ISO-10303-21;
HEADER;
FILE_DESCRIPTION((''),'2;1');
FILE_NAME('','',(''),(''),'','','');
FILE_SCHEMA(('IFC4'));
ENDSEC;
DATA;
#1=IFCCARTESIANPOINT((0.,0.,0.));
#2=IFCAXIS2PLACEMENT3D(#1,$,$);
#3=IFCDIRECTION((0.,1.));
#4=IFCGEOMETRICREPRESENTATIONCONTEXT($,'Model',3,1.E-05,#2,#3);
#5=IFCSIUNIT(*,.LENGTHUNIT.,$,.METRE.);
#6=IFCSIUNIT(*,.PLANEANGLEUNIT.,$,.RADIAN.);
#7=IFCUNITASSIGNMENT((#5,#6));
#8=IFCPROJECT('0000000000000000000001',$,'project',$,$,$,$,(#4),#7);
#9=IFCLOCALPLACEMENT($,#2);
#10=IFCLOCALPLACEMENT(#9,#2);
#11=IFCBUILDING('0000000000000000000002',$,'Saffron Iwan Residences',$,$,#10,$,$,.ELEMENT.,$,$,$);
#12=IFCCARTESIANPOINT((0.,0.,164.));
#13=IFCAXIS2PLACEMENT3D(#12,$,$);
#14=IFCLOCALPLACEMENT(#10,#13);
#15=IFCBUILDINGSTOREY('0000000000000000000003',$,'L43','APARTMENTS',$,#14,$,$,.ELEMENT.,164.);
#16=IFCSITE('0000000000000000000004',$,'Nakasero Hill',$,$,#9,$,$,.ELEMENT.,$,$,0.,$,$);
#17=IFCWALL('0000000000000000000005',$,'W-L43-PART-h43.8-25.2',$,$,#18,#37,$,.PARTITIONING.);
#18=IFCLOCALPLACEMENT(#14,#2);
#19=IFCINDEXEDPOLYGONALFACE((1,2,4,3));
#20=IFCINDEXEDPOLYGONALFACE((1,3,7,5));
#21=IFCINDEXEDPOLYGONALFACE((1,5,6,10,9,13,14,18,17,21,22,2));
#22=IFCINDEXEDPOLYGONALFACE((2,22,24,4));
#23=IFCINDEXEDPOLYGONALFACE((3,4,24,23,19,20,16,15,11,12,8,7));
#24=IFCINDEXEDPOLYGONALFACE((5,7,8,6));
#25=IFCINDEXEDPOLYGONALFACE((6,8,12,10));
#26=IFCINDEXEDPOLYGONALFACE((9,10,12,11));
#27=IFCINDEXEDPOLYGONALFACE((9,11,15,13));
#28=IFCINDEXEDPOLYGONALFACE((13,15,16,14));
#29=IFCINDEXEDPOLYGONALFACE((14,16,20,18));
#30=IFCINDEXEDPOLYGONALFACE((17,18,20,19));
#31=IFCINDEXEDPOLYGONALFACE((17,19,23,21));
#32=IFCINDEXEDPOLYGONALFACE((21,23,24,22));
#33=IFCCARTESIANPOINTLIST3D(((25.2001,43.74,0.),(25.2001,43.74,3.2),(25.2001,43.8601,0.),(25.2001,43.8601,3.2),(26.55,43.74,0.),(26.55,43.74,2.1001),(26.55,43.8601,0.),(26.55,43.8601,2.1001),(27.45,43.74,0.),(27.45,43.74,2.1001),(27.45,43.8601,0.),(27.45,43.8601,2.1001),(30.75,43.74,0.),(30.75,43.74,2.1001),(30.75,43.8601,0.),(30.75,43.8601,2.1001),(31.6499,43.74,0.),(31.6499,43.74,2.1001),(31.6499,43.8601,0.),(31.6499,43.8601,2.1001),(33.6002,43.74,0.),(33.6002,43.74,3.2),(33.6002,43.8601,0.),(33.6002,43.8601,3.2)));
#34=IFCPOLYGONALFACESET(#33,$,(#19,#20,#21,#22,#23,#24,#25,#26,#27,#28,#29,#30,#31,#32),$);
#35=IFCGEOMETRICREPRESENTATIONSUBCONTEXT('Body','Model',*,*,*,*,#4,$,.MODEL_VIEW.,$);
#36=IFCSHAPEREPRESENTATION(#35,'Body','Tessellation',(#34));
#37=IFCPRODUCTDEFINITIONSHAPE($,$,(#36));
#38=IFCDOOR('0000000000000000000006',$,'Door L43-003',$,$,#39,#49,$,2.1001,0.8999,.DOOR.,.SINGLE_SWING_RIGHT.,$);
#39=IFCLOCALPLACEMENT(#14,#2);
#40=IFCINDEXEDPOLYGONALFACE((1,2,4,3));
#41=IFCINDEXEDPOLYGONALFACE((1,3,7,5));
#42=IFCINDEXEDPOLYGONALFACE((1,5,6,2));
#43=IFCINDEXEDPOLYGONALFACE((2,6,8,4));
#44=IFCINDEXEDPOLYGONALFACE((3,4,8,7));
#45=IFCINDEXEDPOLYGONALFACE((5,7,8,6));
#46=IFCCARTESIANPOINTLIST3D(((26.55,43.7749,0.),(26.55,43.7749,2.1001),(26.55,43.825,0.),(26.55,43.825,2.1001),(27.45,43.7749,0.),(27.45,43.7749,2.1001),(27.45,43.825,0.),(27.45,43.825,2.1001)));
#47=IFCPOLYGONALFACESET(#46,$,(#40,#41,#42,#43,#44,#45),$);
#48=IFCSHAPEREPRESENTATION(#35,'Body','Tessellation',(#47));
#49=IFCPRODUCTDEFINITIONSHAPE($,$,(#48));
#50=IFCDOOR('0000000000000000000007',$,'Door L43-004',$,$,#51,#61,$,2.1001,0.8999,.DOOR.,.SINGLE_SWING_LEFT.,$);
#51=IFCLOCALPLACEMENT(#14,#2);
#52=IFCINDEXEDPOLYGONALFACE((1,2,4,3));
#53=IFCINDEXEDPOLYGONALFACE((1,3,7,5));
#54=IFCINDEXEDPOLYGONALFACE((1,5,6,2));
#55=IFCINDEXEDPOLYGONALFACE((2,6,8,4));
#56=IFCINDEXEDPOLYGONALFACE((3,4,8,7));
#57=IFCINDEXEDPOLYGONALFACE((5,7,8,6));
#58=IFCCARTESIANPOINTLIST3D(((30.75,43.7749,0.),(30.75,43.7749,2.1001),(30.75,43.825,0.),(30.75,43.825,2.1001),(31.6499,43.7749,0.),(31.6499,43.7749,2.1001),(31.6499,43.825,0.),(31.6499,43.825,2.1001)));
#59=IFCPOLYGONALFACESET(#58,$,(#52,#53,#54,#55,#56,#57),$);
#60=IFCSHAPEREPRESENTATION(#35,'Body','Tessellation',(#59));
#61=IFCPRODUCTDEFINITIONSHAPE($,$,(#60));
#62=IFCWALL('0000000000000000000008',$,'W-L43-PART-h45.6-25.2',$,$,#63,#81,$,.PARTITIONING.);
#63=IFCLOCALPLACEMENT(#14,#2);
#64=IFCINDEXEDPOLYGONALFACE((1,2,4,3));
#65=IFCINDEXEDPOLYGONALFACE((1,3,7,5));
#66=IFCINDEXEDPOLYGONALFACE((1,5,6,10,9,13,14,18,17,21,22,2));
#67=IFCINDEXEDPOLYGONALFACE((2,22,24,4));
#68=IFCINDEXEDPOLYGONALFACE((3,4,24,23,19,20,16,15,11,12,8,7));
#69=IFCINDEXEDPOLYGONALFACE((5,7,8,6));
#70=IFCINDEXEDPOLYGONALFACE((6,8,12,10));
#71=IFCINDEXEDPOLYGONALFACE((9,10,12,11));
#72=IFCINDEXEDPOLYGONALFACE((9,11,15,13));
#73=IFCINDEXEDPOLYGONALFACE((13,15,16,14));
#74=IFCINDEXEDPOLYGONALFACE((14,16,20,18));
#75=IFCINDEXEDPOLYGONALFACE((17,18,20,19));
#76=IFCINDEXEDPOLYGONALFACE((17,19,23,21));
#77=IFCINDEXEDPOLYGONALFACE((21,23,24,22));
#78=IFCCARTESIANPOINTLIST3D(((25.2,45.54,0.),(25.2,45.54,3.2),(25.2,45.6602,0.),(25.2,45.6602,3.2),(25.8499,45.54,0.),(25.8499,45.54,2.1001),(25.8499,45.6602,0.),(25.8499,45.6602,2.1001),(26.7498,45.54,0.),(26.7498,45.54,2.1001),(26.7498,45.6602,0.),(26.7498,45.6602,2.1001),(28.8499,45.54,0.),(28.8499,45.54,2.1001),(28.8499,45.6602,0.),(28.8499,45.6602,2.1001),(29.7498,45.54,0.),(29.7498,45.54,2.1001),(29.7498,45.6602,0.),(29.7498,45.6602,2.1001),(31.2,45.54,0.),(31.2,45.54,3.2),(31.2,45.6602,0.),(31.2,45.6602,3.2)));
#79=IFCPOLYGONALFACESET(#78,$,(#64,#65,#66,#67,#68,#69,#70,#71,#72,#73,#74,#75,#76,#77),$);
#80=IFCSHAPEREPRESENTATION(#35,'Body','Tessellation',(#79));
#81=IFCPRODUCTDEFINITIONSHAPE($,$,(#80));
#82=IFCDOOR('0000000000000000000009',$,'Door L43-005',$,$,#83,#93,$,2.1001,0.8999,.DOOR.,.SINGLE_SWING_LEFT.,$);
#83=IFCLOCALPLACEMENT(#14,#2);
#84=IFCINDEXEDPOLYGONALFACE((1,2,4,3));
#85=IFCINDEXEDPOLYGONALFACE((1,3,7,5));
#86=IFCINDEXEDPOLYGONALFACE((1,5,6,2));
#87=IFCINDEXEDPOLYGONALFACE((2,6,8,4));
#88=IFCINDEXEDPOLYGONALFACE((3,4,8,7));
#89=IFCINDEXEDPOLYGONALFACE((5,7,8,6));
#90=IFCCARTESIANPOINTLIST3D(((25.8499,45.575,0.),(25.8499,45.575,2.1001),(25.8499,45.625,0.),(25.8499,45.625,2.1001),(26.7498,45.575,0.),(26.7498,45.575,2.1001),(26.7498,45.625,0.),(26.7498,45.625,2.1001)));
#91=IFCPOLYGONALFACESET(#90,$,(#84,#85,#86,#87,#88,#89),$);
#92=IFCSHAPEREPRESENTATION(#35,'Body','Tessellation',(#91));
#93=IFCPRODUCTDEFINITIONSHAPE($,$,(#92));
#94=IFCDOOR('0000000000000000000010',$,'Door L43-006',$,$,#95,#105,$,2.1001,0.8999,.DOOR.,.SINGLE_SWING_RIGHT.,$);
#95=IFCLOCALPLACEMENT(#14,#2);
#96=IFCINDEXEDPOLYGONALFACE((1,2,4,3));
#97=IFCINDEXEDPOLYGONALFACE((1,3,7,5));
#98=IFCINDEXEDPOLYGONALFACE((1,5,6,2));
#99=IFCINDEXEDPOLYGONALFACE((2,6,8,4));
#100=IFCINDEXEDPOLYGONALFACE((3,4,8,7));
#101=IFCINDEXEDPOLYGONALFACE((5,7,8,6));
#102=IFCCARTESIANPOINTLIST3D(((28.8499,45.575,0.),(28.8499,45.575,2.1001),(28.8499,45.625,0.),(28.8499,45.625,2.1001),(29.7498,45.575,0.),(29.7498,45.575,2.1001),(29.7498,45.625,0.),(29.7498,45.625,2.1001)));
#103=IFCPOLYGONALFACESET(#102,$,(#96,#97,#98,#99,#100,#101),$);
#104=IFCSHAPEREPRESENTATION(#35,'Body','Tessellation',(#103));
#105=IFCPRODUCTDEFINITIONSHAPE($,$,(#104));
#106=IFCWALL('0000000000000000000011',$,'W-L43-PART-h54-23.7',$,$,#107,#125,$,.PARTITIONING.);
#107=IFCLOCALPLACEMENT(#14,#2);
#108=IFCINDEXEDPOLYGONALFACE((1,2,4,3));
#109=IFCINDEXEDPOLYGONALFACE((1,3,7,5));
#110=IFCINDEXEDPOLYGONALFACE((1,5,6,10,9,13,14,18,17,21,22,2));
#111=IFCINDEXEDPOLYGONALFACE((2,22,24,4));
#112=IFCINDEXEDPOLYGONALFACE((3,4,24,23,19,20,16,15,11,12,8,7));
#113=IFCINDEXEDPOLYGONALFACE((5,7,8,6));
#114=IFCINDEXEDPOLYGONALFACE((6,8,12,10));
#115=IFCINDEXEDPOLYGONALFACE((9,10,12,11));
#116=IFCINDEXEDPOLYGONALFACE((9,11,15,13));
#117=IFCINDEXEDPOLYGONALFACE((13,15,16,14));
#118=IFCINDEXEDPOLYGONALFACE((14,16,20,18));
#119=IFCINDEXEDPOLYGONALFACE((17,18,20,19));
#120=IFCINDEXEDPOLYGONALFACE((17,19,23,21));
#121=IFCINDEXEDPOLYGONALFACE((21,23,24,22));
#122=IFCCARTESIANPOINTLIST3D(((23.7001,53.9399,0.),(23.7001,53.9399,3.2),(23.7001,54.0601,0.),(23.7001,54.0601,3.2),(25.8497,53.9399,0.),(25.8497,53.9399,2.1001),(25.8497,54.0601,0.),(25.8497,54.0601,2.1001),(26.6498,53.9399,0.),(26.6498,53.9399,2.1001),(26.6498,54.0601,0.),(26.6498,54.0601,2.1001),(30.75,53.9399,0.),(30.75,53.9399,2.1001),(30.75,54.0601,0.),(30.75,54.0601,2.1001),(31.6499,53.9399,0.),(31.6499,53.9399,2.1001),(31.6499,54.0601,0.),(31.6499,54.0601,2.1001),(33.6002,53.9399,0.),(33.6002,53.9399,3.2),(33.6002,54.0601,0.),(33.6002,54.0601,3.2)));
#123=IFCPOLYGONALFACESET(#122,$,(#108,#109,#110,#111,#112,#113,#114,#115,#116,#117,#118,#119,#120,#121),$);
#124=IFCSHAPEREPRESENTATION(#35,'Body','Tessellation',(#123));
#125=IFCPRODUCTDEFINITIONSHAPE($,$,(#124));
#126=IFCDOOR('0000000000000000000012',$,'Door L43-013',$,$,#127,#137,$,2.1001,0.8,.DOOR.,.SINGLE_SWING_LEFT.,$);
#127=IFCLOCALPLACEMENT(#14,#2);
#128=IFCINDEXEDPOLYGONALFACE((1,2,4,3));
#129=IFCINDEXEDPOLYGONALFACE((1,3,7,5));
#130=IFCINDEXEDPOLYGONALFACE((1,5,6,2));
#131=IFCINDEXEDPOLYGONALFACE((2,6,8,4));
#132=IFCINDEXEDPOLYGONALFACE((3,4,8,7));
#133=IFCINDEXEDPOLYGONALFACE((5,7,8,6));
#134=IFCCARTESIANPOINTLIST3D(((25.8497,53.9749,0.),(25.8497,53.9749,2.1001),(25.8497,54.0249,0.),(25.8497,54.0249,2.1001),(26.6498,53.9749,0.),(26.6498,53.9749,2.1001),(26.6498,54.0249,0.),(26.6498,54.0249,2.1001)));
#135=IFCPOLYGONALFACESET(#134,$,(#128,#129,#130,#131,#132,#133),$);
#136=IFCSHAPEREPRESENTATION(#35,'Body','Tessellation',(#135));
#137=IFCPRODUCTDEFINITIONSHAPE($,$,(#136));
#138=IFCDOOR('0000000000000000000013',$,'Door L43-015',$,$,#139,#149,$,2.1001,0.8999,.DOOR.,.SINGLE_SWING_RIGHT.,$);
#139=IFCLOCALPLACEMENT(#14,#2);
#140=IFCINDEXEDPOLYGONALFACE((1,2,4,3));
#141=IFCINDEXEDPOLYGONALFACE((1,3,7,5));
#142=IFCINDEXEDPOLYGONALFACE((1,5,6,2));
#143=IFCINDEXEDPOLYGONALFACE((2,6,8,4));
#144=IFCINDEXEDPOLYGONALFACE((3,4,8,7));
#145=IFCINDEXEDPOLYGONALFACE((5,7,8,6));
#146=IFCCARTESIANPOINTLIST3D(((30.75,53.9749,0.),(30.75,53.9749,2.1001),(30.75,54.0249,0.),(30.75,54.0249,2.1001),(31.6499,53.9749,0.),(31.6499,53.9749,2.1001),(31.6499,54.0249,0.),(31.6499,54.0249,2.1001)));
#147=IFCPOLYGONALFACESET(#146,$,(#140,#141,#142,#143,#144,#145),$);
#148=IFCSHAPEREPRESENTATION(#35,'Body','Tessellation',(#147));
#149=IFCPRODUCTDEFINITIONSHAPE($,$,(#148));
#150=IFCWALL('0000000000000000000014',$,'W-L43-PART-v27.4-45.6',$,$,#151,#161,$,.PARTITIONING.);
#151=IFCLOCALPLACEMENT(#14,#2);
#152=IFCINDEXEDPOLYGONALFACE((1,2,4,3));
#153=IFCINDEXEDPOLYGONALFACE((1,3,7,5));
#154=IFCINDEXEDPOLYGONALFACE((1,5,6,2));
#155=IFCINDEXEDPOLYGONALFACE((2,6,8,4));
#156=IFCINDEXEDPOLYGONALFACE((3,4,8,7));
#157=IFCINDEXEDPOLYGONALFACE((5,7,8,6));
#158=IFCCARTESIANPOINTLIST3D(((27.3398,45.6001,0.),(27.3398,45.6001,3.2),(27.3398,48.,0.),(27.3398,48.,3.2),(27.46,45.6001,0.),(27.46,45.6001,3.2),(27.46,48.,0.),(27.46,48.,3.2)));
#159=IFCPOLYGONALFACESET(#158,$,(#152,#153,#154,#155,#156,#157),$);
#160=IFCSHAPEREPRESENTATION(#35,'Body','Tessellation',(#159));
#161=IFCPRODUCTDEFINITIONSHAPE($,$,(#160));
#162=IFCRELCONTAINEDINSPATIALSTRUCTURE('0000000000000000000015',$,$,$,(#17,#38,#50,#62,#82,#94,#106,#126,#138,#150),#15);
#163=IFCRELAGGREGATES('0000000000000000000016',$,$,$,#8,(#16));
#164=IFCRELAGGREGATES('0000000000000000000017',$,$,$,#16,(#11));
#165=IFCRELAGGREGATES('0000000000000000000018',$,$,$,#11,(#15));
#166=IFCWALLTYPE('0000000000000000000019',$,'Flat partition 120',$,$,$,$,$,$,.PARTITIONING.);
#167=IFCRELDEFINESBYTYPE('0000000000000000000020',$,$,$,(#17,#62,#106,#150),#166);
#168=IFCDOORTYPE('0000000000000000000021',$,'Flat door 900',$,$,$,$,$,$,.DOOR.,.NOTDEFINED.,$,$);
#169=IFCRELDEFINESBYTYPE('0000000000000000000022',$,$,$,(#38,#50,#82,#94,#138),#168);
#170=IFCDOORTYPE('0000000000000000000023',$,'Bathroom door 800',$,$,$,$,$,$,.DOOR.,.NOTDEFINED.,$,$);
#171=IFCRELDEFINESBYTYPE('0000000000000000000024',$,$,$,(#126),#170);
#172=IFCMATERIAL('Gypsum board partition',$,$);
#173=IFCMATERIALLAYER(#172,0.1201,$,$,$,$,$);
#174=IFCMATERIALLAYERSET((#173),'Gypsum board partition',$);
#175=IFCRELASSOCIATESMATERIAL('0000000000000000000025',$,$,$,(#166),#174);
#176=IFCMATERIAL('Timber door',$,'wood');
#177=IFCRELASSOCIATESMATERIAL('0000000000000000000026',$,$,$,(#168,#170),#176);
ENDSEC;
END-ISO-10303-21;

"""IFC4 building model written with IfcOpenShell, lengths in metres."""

from ifc_helpers import new_model, si_unit, direction, frame, frame_2d, origin, place, context, subcontext, project, spatial, rectangle, extrude, material, layer, layer_set, type_object, element, fill, save


model = new_model("IFC4")

# Units and contexts
model_context = context("Model", 3, precision=1e-05, world=origin(), true_north=direction((0.0, 1.0)))
body_context = subcontext(model_context, "Body", "Model", "MODEL_VIEW")
ifc_project = project(units=[si_unit("LENGTHUNIT", "METRE"), si_unit("PLANEANGLEUNIT", "RADIAN")], contexts=[model_context])

# Site, building, storey
site_placement = place(None, origin())
site = spatial("IfcSite", under=ifc_project, at=site_placement, Name="Nakasero Hill", CompositionType="ELEMENT", RefElevation=0.0)
building_placement = place(site_placement, origin())
building = spatial("IfcBuilding", under=site, at=building_placement, Name="Saffron Iwan Residences", CompositionType="ELEMENT")
storey_placement = place(building_placement, frame((0.0, 0.0, 164.0)))
storey = spatial("IfcBuildingStorey", under=building, at=storey_placement, Name="L43", Description="APARTMENTS", CompositionType="ELEMENT", Elevation=164.0)

# Walls, openings, doors
ifc_material_1 = material(Name="Gypsum board partition")
ifc_layer_1 = layer(ifc_material_1, 0.1201)
ifc_layer_set_1 = layer_set([ifc_layer_1], Name="Gypsum board partition")
wall_type_1 = type_object("IfcWallType", Name="Flat partition 120", PredefinedType="PARTITIONING", material=ifc_layer_set_1)
wall_1_placement = place(storey_placement, frame((25.2, 43.8, 0.0), z_axis=(0.0, 0.0, 1.0), x_axis=(1.0, 0.0, 0.0)))
wall_1 = element("IfcWall", 1, at=wall_1_placement, inside=storey, type_object=wall_type_1, Name="W-L43-PART-h43.8-25.2", PredefinedType="PARTITIONING", context=body_context, shape_type="SweptSolid", body=[
    extrude(rectangle(XDim=8.4001, YDim=0.1201, at=frame_2d((4.2002, 0.0))), origin(), (0.0, 0.0, 1.0), 3.2),
])
opening_1_placement = place(wall_1_placement, frame((1.3501, 0.0, 0.0)))
opening_1 = element("IfcOpeningElement", 2, at=opening_1_placement, cuts=wall_1, PredefinedType="OPENING", context=body_context, shape_type="SweptSolid", body=[
    extrude(rectangle(XDim=0.8999, YDim=2.1001, at=frame_2d((0.45, 1.05))), frame((0.0, 0.0701, 0.0), z_axis=(0.0, -1.0, 0.0), x_axis=(1.0, 0.0, 0.0)), (0.0, 0.0, 1.0), 0.1401),
])
opening_2_placement = place(wall_1_placement, frame((5.55, 0.0, 0.0)))
opening_2 = element("IfcOpeningElement", 3, at=opening_2_placement, cuts=wall_1, PredefinedType="OPENING", context=body_context, shape_type="SweptSolid", body=[
    extrude(rectangle(XDim=0.8999, YDim=2.1001, at=frame_2d((0.45, 1.05))), frame((0.0, 0.0701, 0.0), z_axis=(0.0, -1.0, 0.0), x_axis=(1.0, 0.0, 0.0)), (0.0, 0.0, 1.0), 0.1401),
])
ifc_material_2 = material(Name="Timber door", Category="wood")
door_type_1 = type_object("IfcDoorType", Name="Flat door 900", OperationType="NOTDEFINED", PredefinedType="DOOR", material=ifc_material_2)
door_1_placement = place(opening_1_placement, origin())
door_1 = element("IfcDoor", 4, at=door_1_placement, inside=storey, type_object=door_type_1, Name="Door L43-003", OperationType="SINGLE_SWING_RIGHT", OverallHeight=2.1001, OverallWidth=0.8999, PredefinedType="DOOR", context=body_context, shape_type="SweptSolid", body=[
    extrude(rectangle(XDim=0.8999, YDim=2.1001, at=frame_2d((0.45, 1.05))), frame((0.0, 0.0249, 0.0), z_axis=(0.0, -1.0, 0.0), x_axis=(1.0, 0.0, 0.0)), (0.0, 0.0, 1.0), 0.05),
])
fill(opening_1, door_1)
door_2_placement = place(opening_2_placement, origin())
door_2 = element("IfcDoor", 5, at=door_2_placement, inside=storey, type_object=door_type_1, Name="Door L43-004", OperationType="SINGLE_SWING_LEFT", OverallHeight=2.1001, OverallWidth=0.8999, PredefinedType="DOOR", context=body_context, shape_type="SweptSolid", body=[
    extrude(rectangle(XDim=0.8999, YDim=2.1001, at=frame_2d((0.45, 1.05))), frame((0.0, 0.0249, 0.0), z_axis=(0.0, -1.0, 0.0), x_axis=(1.0, 0.0, 0.0)), (0.0, 0.0, 1.0), 0.05),
])
fill(opening_2, door_2)
wall_2_placement = place(storey_placement, frame((25.2, 45.6001, 0.0), z_axis=(0.0, 0.0, 1.0), x_axis=(1.0, 0.0, 0.0)))
wall_2 = element("IfcWall", 6, at=wall_2_placement, inside=storey, type_object=wall_type_1, Name="W-L43-PART-h45.6-25.2", PredefinedType="PARTITIONING", context=body_context, shape_type="SweptSolid", body=[
    extrude(rectangle(XDim=6.0, YDim=0.1201, at=frame_2d((3.0, 0.0))), origin(), (0.0, 0.0, 1.0), 3.2),
])
opening_3_placement = place(wall_2_placement, frame((0.6499, 0.0, 0.0)))
opening_3 = element("IfcOpeningElement", 7, at=opening_3_placement, cuts=wall_2, PredefinedType="OPENING", context=body_context, shape_type="SweptSolid", body=[
    extrude(rectangle(XDim=0.8999, YDim=2.1001, at=frame_2d((0.45, 1.05))), frame((0.0, 0.0701, 0.0), z_axis=(0.0, -1.0, 0.0), x_axis=(1.0, 0.0, 0.0)), (0.0, 0.0, 1.0), 0.1401),
])
opening_4_placement = place(wall_2_placement, frame((3.6499, 0.0, 0.0)))
opening_4 = element("IfcOpeningElement", 8, at=opening_4_placement, cuts=wall_2, PredefinedType="OPENING", context=body_context, shape_type="SweptSolid", body=[
    extrude(rectangle(XDim=0.8999, YDim=2.1001, at=frame_2d((0.45, 1.05))), frame((0.0, 0.0701, 0.0), z_axis=(0.0, -1.0, 0.0), x_axis=(1.0, 0.0, 0.0)), (0.0, 0.0, 1.0), 0.1401),
])
door_3_placement = place(opening_3_placement, origin())
door_3 = element("IfcDoor", 9, at=door_3_placement, inside=storey, type_object=door_type_1, Name="Door L43-005", OperationType="SINGLE_SWING_LEFT", OverallHeight=2.1001, OverallWidth=0.8999, PredefinedType="DOOR", context=body_context, shape_type="SweptSolid", body=[
    extrude(rectangle(XDim=0.8999, YDim=2.1001, at=frame_2d((0.45, 1.05))), frame((0.0, 0.0249, 0.0), z_axis=(0.0, -1.0, 0.0), x_axis=(1.0, 0.0, 0.0)), (0.0, 0.0, 1.0), 0.05),
])
fill(opening_3, door_3)
door_4_placement = place(opening_4_placement, origin())
door_4 = element("IfcDoor", 10, at=door_4_placement, inside=storey, type_object=door_type_1, Name="Door L43-006", OperationType="SINGLE_SWING_RIGHT", OverallHeight=2.1001, OverallWidth=0.8999, PredefinedType="DOOR", context=body_context, shape_type="SweptSolid", body=[
    extrude(rectangle(XDim=0.8999, YDim=2.1001, at=frame_2d((0.45, 1.05))), frame((0.0, 0.0249, 0.0), z_axis=(0.0, -1.0, 0.0), x_axis=(1.0, 0.0, 0.0)), (0.0, 0.0, 1.0), 0.05),
])
fill(opening_4, door_4)
wall_3_placement = place(storey_placement, frame((23.7, 54.0, 0.0), z_axis=(0.0, 0.0, 1.0), x_axis=(1.0, 0.0, 0.0)))
wall_3 = element("IfcWall", 11, at=wall_3_placement, inside=storey, type_object=wall_type_1, Name="W-L43-PART-h54-23.7", PredefinedType="PARTITIONING", context=body_context, shape_type="SweptSolid", body=[
    extrude(rectangle(XDim=9.9001, YDim=0.1201, at=frame_2d((4.9502, 0.0))), origin(), (0.0, 0.0, 1.0), 3.2),
])
opening_5_placement = place(wall_3_placement, frame((2.1499, 0.0, 0.0)))
opening_5 = element("IfcOpeningElement", 12, at=opening_5_placement, cuts=wall_3, PredefinedType="OPENING", context=body_context, shape_type="SweptSolid", body=[
    extrude(rectangle(XDim=0.8, YDim=2.1001, at=frame_2d((0.3999, 1.05))), frame((0.0, 0.0701, 0.0), z_axis=(0.0, -1.0, 0.0), x_axis=(1.0, 0.0, 0.0)), (0.0, 0.0, 1.0), 0.1401),
])
opening_6_placement = place(wall_3_placement, frame((7.05, 0.0, 0.0)))
opening_6 = element("IfcOpeningElement", 13, at=opening_6_placement, cuts=wall_3, PredefinedType="OPENING", context=body_context, shape_type="SweptSolid", body=[
    extrude(rectangle(XDim=0.8999, YDim=2.1001, at=frame_2d((0.45, 1.05))), frame((0.0, 0.0701, 0.0), z_axis=(0.0, -1.0, 0.0), x_axis=(1.0, 0.0, 0.0)), (0.0, 0.0, 1.0), 0.1401),
])
door_type_2 = type_object("IfcDoorType", Name="Bathroom door 800", OperationType="NOTDEFINED", PredefinedType="DOOR", material=ifc_material_2)
door_5_placement = place(opening_5_placement, origin())
door_5 = element("IfcDoor", 14, at=door_5_placement, inside=storey, type_object=door_type_2, Name="Door L43-013", OperationType="SINGLE_SWING_LEFT", OverallHeight=2.1001, OverallWidth=0.8, PredefinedType="DOOR", context=body_context, shape_type="SweptSolid", body=[
    extrude(rectangle(XDim=0.8, YDim=2.1001, at=frame_2d((0.3999, 1.05))), frame((0.0, 0.0249, 0.0), z_axis=(0.0, -1.0, 0.0), x_axis=(1.0, 0.0, 0.0)), (0.0, 0.0, 1.0), 0.05),
])
fill(opening_5, door_5)
door_6_placement = place(opening_6_placement, origin())
door_6 = element("IfcDoor", 15, at=door_6_placement, inside=storey, type_object=door_type_1, Name="Door L43-015", OperationType="SINGLE_SWING_RIGHT", OverallHeight=2.1001, OverallWidth=0.8999, PredefinedType="DOOR", context=body_context, shape_type="SweptSolid", body=[
    extrude(rectangle(XDim=0.8999, YDim=2.1001, at=frame_2d((0.45, 1.05))), frame((0.0, 0.0249, 0.0), z_axis=(0.0, -1.0, 0.0), x_axis=(1.0, 0.0, 0.0)), (0.0, 0.0, 1.0), 0.05),
])
fill(opening_6, door_6)

# Wall
wall_4_placement = place(storey_placement, frame((27.3999, 45.6001, 0.0), z_axis=(0.0, 0.0, 1.0), x_axis=(0.0, 1.0, 0.0)))
element("IfcWall", 16, at=wall_4_placement, inside=storey, type_object=wall_type_1, Name="W-L43-PART-v27.4-45.6", PredefinedType="PARTITIONING", context=body_context, shape_type="SweptSolid", body=[
    extrude(rectangle(XDim=2.3999, YDim=0.1201, at=frame_2d((1.2, 0.0))), origin(), (0.0, 0.0, 1.0), 3.2),
])

save(model, "model.ifc")
